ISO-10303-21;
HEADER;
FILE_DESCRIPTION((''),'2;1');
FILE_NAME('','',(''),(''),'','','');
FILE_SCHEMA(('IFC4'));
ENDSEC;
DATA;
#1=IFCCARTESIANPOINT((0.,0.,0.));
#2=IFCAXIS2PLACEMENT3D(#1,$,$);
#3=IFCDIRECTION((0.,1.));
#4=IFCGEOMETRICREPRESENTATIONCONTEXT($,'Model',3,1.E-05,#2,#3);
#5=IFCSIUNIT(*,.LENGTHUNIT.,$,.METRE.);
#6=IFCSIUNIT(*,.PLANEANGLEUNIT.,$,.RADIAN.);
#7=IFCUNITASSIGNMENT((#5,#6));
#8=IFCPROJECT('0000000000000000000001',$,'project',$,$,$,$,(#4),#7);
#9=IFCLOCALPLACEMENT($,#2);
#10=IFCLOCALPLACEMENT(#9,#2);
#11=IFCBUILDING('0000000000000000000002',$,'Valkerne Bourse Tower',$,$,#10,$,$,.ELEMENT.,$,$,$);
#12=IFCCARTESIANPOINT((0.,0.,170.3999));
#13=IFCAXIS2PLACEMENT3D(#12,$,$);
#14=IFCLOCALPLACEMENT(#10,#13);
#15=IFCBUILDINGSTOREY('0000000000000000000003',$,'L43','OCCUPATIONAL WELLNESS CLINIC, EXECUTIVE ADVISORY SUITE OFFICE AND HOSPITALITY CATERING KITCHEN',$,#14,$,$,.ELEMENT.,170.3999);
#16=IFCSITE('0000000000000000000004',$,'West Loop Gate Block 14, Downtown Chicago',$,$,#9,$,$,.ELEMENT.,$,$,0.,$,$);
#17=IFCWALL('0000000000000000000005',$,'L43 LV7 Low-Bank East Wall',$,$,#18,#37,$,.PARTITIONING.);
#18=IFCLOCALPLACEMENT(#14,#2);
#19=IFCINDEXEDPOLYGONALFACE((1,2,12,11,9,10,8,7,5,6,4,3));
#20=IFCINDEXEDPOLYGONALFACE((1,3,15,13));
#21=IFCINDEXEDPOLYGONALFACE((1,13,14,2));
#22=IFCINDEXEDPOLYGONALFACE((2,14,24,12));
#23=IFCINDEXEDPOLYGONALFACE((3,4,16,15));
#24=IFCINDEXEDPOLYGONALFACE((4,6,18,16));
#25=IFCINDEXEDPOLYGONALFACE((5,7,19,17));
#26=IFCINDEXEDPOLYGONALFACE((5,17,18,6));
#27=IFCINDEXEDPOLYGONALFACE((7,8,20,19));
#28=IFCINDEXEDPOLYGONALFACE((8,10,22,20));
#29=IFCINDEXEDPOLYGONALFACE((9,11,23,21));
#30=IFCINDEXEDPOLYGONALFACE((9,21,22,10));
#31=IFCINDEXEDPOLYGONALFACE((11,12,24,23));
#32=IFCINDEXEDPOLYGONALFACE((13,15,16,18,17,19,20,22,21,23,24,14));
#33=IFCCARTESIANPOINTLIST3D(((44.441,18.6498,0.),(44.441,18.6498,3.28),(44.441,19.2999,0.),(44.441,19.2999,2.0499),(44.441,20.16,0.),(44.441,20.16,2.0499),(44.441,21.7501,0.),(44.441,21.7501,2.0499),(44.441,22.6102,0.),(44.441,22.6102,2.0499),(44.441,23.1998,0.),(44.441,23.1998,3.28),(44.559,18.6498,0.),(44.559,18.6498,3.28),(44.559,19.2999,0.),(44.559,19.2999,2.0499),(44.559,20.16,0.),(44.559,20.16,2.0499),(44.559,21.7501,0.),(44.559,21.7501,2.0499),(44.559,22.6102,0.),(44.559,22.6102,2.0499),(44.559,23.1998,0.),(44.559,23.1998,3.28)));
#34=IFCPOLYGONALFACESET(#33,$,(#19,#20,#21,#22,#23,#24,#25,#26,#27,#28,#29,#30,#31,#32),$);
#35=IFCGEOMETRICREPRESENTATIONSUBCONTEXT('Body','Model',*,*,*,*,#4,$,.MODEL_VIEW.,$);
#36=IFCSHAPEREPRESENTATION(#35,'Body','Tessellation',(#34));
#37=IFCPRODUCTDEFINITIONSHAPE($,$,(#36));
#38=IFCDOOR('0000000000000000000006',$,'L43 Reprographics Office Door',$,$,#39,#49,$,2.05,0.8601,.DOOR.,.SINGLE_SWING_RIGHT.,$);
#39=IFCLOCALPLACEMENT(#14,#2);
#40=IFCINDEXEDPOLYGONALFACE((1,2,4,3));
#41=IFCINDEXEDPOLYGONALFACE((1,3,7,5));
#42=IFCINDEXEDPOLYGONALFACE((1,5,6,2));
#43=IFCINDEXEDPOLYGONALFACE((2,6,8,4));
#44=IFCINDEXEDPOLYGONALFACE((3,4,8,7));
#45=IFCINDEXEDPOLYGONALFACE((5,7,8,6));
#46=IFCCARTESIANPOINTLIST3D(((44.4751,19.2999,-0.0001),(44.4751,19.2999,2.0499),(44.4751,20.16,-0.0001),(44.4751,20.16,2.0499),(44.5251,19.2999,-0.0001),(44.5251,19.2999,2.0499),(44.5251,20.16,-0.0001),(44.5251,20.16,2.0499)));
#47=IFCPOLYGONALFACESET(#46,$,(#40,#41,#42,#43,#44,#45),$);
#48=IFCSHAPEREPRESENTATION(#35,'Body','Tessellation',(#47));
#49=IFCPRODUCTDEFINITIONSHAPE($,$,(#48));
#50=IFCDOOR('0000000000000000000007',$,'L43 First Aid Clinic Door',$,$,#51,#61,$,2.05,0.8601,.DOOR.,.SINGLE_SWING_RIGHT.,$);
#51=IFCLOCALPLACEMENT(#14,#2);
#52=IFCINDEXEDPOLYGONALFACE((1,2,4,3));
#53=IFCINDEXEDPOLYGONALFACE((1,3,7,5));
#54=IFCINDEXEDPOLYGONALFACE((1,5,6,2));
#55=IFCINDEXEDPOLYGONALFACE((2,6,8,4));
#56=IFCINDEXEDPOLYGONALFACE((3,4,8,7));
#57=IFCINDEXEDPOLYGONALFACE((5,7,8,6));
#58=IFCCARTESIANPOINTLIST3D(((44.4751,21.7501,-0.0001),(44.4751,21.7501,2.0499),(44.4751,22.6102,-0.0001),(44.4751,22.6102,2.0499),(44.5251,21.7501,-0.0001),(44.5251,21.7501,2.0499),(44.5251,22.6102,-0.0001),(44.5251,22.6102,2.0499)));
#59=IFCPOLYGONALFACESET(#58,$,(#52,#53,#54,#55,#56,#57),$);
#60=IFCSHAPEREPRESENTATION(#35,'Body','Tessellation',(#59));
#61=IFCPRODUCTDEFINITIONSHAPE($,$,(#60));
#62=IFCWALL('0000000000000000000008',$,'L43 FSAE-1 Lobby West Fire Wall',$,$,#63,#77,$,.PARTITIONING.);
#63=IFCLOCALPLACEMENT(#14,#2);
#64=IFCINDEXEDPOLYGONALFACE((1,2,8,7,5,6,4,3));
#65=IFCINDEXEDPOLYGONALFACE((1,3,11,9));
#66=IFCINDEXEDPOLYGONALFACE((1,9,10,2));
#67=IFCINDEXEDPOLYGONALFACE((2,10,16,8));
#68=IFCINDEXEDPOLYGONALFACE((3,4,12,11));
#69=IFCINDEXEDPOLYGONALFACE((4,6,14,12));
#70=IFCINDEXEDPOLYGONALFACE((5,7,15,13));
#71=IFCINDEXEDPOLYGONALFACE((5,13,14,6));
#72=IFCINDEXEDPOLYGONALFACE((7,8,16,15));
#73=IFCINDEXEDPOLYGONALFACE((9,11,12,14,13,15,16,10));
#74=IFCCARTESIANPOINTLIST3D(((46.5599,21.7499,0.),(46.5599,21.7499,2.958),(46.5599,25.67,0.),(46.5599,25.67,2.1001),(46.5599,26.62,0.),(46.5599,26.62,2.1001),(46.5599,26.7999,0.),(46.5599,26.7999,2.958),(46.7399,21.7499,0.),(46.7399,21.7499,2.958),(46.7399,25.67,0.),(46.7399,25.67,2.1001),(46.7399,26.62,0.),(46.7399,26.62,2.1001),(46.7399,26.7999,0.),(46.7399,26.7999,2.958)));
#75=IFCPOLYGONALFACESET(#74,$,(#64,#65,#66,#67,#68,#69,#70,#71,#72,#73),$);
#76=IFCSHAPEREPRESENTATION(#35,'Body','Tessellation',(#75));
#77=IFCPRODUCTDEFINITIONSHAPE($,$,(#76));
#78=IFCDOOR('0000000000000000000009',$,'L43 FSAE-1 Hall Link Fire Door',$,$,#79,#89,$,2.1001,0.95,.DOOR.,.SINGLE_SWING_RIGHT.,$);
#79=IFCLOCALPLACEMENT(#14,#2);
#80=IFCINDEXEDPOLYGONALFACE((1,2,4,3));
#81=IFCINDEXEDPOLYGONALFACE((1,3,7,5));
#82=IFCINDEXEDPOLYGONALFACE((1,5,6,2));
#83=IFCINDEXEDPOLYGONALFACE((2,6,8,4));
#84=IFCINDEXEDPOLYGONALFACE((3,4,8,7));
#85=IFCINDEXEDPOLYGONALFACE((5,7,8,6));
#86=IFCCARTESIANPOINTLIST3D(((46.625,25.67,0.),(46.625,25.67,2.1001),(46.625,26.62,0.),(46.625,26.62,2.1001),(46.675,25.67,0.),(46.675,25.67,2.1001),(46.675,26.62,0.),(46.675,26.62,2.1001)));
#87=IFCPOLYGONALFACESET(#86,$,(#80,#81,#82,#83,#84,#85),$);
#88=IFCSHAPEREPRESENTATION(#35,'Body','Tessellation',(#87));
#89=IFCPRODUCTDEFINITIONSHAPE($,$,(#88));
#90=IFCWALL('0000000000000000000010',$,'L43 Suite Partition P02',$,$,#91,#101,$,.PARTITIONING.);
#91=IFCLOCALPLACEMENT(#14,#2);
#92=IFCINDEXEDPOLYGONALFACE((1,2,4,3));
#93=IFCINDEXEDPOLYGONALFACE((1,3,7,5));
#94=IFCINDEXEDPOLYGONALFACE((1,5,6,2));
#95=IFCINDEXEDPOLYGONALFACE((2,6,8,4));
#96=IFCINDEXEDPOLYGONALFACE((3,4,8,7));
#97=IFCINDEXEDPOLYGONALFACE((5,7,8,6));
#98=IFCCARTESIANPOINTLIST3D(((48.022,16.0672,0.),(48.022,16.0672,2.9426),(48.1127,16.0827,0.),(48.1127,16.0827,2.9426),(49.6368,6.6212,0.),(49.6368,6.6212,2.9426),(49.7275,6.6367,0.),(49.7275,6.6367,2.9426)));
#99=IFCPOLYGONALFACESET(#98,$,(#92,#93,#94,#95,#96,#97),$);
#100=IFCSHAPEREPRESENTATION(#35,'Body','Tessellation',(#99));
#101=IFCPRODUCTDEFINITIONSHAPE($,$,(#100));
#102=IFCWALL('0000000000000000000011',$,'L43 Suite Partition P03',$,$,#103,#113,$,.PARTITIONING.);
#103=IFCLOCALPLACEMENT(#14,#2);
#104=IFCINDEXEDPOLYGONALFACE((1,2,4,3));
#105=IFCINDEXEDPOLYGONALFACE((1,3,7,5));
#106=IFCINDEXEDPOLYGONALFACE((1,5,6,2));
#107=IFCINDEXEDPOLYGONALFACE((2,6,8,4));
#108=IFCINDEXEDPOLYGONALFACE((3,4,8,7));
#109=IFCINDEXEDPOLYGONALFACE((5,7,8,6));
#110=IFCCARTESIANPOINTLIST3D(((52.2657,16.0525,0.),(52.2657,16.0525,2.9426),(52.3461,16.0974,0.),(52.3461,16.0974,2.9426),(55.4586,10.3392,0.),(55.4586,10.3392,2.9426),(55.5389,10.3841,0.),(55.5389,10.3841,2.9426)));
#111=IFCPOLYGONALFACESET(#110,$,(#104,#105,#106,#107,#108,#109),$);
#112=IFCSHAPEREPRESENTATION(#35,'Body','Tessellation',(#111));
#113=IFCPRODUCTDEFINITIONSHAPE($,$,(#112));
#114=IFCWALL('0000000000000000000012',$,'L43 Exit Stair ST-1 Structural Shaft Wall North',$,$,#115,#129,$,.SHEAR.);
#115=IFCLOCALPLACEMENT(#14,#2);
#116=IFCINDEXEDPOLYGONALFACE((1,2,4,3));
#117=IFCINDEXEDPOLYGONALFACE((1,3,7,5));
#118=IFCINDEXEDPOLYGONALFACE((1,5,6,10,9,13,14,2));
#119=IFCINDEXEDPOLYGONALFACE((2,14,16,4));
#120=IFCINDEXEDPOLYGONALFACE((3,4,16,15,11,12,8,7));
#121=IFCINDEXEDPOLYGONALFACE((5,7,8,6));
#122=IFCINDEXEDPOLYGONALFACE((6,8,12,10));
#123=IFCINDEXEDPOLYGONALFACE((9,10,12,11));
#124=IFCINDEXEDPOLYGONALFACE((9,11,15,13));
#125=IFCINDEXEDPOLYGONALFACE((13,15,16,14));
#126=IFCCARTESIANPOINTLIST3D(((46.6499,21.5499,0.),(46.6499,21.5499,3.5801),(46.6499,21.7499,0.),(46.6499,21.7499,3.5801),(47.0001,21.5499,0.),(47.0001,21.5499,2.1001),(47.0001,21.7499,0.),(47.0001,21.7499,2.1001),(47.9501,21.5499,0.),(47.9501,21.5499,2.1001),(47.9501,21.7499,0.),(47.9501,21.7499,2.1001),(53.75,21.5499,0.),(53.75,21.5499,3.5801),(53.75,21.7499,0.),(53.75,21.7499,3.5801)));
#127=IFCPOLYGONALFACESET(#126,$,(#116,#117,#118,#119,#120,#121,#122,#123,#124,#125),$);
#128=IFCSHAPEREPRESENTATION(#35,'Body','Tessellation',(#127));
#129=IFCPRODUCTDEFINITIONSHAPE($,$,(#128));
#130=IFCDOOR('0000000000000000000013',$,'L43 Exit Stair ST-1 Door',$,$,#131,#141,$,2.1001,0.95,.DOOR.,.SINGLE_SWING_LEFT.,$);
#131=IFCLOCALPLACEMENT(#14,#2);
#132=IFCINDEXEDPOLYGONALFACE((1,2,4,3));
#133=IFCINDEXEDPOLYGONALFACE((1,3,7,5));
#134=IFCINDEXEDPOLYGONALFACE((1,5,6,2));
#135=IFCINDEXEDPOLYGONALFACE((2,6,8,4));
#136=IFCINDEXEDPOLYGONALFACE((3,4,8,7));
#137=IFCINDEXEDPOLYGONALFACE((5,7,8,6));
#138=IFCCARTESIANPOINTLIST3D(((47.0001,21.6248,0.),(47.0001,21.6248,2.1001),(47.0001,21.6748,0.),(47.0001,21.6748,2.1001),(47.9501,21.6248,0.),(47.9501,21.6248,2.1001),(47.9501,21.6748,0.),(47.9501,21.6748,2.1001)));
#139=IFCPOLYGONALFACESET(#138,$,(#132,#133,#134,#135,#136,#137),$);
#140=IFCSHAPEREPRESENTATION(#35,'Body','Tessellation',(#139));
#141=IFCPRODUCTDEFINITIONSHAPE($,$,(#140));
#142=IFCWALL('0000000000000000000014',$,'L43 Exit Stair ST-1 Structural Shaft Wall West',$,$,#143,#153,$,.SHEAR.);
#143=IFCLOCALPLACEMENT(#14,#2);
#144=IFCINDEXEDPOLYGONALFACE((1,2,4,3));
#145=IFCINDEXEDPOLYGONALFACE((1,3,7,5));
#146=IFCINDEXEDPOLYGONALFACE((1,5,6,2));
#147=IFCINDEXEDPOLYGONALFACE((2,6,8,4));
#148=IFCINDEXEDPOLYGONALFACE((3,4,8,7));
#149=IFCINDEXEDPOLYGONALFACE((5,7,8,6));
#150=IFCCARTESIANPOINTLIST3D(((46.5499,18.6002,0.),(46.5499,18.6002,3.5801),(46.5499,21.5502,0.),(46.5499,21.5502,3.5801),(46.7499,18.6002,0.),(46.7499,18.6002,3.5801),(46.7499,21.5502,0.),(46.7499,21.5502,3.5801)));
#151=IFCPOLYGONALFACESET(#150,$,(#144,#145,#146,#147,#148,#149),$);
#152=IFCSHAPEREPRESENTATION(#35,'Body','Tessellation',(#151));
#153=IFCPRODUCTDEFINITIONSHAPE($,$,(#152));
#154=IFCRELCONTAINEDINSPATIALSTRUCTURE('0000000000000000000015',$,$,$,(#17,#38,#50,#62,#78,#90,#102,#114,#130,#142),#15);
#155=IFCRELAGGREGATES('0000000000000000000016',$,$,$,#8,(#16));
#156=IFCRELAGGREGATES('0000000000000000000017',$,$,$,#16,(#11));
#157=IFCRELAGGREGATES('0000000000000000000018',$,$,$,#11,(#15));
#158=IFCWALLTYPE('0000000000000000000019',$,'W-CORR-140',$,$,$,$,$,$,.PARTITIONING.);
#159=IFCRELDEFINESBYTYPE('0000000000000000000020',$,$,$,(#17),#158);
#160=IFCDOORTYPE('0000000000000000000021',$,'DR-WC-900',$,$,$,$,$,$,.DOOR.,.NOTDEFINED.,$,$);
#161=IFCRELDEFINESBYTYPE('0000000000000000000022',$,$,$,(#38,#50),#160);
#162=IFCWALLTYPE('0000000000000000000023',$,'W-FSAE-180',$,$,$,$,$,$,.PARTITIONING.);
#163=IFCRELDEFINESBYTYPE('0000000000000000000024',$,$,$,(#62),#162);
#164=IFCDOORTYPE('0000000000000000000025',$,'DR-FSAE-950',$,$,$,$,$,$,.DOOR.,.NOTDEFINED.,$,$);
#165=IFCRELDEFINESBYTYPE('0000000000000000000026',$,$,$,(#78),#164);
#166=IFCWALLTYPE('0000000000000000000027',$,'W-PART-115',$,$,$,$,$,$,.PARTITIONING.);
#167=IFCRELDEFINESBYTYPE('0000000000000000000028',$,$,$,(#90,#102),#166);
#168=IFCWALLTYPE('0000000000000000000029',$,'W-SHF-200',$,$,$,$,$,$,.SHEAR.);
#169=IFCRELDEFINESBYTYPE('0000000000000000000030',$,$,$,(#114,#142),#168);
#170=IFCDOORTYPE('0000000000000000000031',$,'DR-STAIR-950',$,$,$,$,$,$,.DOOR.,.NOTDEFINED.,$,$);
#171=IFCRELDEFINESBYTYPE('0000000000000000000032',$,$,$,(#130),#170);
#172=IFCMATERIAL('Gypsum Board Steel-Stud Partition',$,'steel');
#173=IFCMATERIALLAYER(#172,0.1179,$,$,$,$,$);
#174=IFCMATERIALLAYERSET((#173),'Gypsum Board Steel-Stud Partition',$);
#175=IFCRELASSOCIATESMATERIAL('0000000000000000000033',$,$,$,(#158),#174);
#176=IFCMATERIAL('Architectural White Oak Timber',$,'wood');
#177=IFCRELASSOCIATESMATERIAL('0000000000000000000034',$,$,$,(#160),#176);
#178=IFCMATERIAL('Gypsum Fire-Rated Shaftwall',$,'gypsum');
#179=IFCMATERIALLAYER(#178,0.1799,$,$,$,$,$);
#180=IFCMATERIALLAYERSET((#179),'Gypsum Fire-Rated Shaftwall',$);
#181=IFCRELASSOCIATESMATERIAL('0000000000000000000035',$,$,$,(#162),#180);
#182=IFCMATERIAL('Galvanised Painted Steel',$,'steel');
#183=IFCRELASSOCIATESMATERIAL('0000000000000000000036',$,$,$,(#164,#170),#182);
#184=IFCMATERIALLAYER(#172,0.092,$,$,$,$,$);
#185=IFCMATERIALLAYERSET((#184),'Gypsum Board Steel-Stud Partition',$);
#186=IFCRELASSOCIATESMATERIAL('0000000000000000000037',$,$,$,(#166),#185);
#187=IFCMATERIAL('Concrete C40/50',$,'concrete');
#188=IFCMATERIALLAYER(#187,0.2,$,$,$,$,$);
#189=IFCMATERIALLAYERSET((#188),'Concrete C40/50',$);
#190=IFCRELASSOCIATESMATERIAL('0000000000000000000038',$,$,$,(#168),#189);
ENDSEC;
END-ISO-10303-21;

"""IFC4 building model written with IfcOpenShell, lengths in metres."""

from ifc_helpers import new_model, si_unit, direction, frame, frame_2d, origin, place, context, subcontext, project, spatial, rectangle, extrude, material, layer, layer_set, type_object, element, fill, save


model = new_model("IFC4")

# Units and contexts
model_context = context("Model", 3, precision=1e-05, world=origin(), true_north=direction((0.0, 1.0)))
body_context = subcontext(model_context, "Body", "Model", "MODEL_VIEW")
ifc_project = project(units=[si_unit("LENGTHUNIT", "METRE"), si_unit("PLANEANGLEUNIT", "RADIAN")], contexts=[model_context])

# Site, building, storey
site_placement = place(None, origin())
site = spatial("IfcSite", under=ifc_project, at=site_placement, Name="West Loop Gate Block 14, Downtown Chicago", CompositionType="ELEMENT", RefElevation=0.0)
building_placement = place(site_placement, origin())
building = spatial("IfcBuilding", under=site, at=building_placement, Name="Valkerne Bourse Tower", CompositionType="ELEMENT")
storey_placement = place(building_placement, frame((0.0, 0.0, 170.3999)))
storey = spatial("IfcBuildingStorey", under=building, at=storey_placement, Name="L43", Description="OCCUPATIONAL WELLNESS CLINIC, EXECUTIVE ADVISORY SUITE OFFICE AND HOSPITALITY CATERING KITCHEN", CompositionType="ELEMENT", Elevation=170.3999)

# Wall, openings, doors
ifc_material_1 = material(Name="Gypsum Board Steel-Stud Partition", Category="steel")
ifc_layer_1 = layer(ifc_material_1, 0.1179)
ifc_layer_set_1 = layer_set([ifc_layer_1], Name="Gypsum Board Steel-Stud Partition")
wall_type_1 = type_object("IfcWallType", Name="W-CORR-140", PredefinedType="PARTITIONING", material=ifc_layer_set_1)
wall_1_placement = place(storey_placement, frame((44.5, 18.6499, 0.0), z_axis=(0.0, 0.0, 1.0), x_axis=(0.0, 1.0, 0.0)))
wall_1 = element("IfcWall", 1, at=wall_1_placement, inside=storey, type_object=wall_type_1, Name="L43 LV7 Low-Bank East Wall", PredefinedType="PARTITIONING", context=body_context, shape_type="SweptSolid", body=[
    extrude(rectangle(XDim=4.55, YDim=0.1179, at=frame_2d((2.2749, 0.0))), origin(), (0.0, 0.0, 1.0), 3.28),
])
opening_1_placement = place(wall_1_placement, frame((0.6499, 0.0, 0.0)))
opening_1 = element("IfcOpeningElement", 2, at=opening_1_placement, cuts=wall_1, PredefinedType="OPENING", context=body_context, shape_type="SweptSolid", body=[
    extrude(rectangle(XDim=0.8601, YDim=2.05, at=frame_2d((0.4302, 1.0249))), frame((0.0, 0.0688, 0.0), z_axis=(0.0, -1.0, 0.0), x_axis=(1.0, 0.0, 0.0)), (0.0, 0.0, 1.0), 0.1379),
])
opening_2_placement = place(wall_1_placement, frame((3.1001, 0.0, 0.0)))
opening_2 = element("IfcOpeningElement", 3, at=opening_2_placement, cuts=wall_1, PredefinedType="OPENING", context=body_context, shape_type="SweptSolid", body=[
    extrude(rectangle(XDim=0.8601, YDim=2.05, at=frame_2d((0.4302, 1.0249))), frame((0.0, 0.0688, 0.0), z_axis=(0.0, -1.0, 0.0), x_axis=(1.0, 0.0, 0.0)), (0.0, 0.0, 1.0), 0.1379),
])
ifc_material_2 = material(Name="Architectural White Oak Timber", Category="wood")
door_type_1 = type_object("IfcDoorType", Name="DR-WC-900", OperationType="NOTDEFINED", PredefinedType="DOOR", material=ifc_material_2)
door_1_placement = place(opening_1_placement, origin())
door_1 = element("IfcDoor", 4, at=door_1_placement, inside=storey, type_object=door_type_1, Name="L43 Reprographics Office Door", OperationType="SINGLE_SWING_RIGHT", OverallHeight=2.05, OverallWidth=0.8601, PredefinedType="DOOR", context=body_context, shape_type="SweptSolid", body=[
    extrude(rectangle(XDim=0.8601, YDim=2.05, at=frame_2d((0.4302, 1.0249))), frame((0.0, 0.0249, 0.0), z_axis=(0.0, -1.0, 0.0), x_axis=(1.0, 0.0, 0.0)), (0.0, 0.0, 1.0), 0.05),
])
fill(opening_1, door_1)
door_2_placement = place(opening_2_placement, origin())
door_2 = element("IfcDoor", 5, at=door_2_placement, inside=storey, type_object=door_type_1, Name="L43 First Aid Clinic Door", OperationType="SINGLE_SWING_RIGHT", OverallHeight=2.05, OverallWidth=0.8601, PredefinedType="DOOR", context=body_context, shape_type="SweptSolid", body=[
    extrude(rectangle(XDim=0.8601, YDim=2.05, at=frame_2d((0.4302, 1.0249))), frame((0.0, 0.0249, 0.0), z_axis=(0.0, -1.0, 0.0), x_axis=(1.0, 0.0, 0.0)), (0.0, 0.0, 1.0), 0.05),
])
fill(opening_2, door_2)

# Wall, opening, door
ifc_material_3 = material(Name="Gypsum Fire-Rated Shaftwall", Category="gypsum")
ifc_layer_2 = layer(ifc_material_3, 0.1799)
ifc_layer_set_2 = layer_set([ifc_layer_2], Name="Gypsum Fire-Rated Shaftwall")
wall_type_2 = type_object("IfcWallType", Name="W-FSAE-180", PredefinedType="PARTITIONING", material=ifc_layer_set_2)
wall_2_placement = place(storey_placement, frame((46.6499, 21.75, 0.0), z_axis=(0.0, 0.0, 1.0), x_axis=(0.0, 1.0, 0.0)))
wall_2 = element("IfcWall", 6, at=wall_2_placement, inside=storey, type_object=wall_type_2, Name="L43 FSAE-1 Lobby West Fire Wall", PredefinedType="PARTITIONING", context=body_context, shape_type="SweptSolid", body=[
    extrude(rectangle(XDim=5.05, YDim=0.1799, at=frame_2d((2.5249, 0.0))), origin(), (0.0, 0.0, 1.0), 2.958),
])
opening_3_placement = place(wall_2_placement, frame((3.9199, 0.0, 0.0)))
opening_3 = element("IfcOpeningElement", 7, at=opening_3_placement, cuts=wall_2, PredefinedType="OPENING", context=body_context, shape_type="SweptSolid", body=[
    extrude(rectangle(XDim=0.95, YDim=2.1001, at=frame_2d((0.4751, 1.05))), frame((0.0, 0.0999, 0.0), z_axis=(0.0, -1.0, 0.0), x_axis=(1.0, 0.0, 0.0)), (0.0, 0.0, 1.0), 0.2),
])
ifc_material_4 = material(Name="Galvanised Painted Steel", Category="steel")
door_type_2 = type_object("IfcDoorType", Name="DR-FSAE-950", OperationType="NOTDEFINED", PredefinedType="DOOR", material=ifc_material_4)
door_3_placement = place(opening_3_placement, origin())
door_3 = element("IfcDoor", 8, at=door_3_placement, inside=storey, type_object=door_type_2, Name="L43 FSAE-1 Hall Link Fire Door", OperationType="SINGLE_SWING_RIGHT", OverallHeight=2.1001, OverallWidth=0.95, PredefinedType="DOOR", context=body_context, shape_type="SweptSolid", body=[
    extrude(rectangle(XDim=0.95, YDim=2.1001, at=frame_2d((0.4751, 1.05))), frame((0.0, 0.0249, 0.0), z_axis=(0.0, -1.0, 0.0), x_axis=(1.0, 0.0, 0.0)), (0.0, 0.0, 1.0), 0.05),
])
fill(opening_3, door_3)

# Walls
ifc_layer_3 = layer(ifc_material_1, 0.092)
ifc_layer_set_3 = layer_set([ifc_layer_3], Name="Gypsum Board Steel-Stud Partition")
wall_type_3 = type_object("IfcWallType", Name="W-PART-115", PredefinedType="PARTITIONING", material=ifc_layer_set_3)
wall_3_placement = place(storey_placement, frame((48.0674, 16.075, 0.0), z_axis=(0.0, 0.0, 1.0), x_axis=(0.1685, -0.985702, 0.0)))
element("IfcWall", 9, at=wall_3_placement, inside=storey, type_object=wall_type_3, Name="L43 Suite Partition P02", PredefinedType="PARTITIONING", context=body_context, shape_type="SweptSolid", body=[
    extrude(rectangle(XDim=9.583, YDim=0.092, at=frame_2d((4.7915, 0.0))), origin(), (0.0, 0.0, 1.0), 2.9426),
])
wall_4_placement = place(storey_placement, frame((52.3059, 16.075, 0.0), z_axis=(0.0, 0.0, 1.0), x_axis=(0.487833, -0.872937, 0.0)))
element("IfcWall", 10, at=wall_4_placement, inside=storey, type_object=wall_type_3, Name="L43 Suite Partition P03", PredefinedType="PARTITIONING", context=body_context, shape_type="SweptSolid", body=[
    extrude(rectangle(XDim=6.5449, YDim=0.092, at=frame_2d((3.2725, 0.0))), origin(), (0.0, 0.0, 1.0), 2.9426),
])

# Wall, opening, door
ifc_material_5 = material(Name="Concrete C40/50", Category="concrete")
ifc_layer_4 = layer(ifc_material_5, 0.2)
ifc_layer_set_4 = layer_set([ifc_layer_4], Name="Concrete C40/50")
wall_type_4 = type_object("IfcWallType", Name="W-SHF-200", PredefinedType="SHEAR", material=ifc_layer_set_4)
wall_5_placement = place(storey_placement, frame((46.6499, 21.6499, 0.0), z_axis=(0.0, 0.0, 1.0), x_axis=(1.0, 0.0, 0.0)))
wall_5 = element("IfcWall", 11, at=wall_5_placement, inside=storey, type_object=wall_type_4, Name="L43 Exit Stair ST-1 Structural Shaft Wall North", PredefinedType="SHEAR", context=body_context, shape_type="SweptSolid", body=[
    extrude(rectangle(XDim=7.1001, YDim=0.2, at=frame_2d((3.55, 0.0))), origin(), (0.0, 0.0, 1.0), 3.5801),
])
opening_4_placement = place(wall_5_placement, frame((0.3501, 0.0, 0.0)))
opening_4 = element("IfcOpeningElement", 12, at=opening_4_placement, cuts=wall_5, PredefinedType="OPENING", context=body_context, shape_type="SweptSolid", body=[
    extrude(rectangle(XDim=0.95, YDim=2.1001, at=frame_2d((0.4751, 1.05))), frame((0.0, 0.1099, 0.0), z_axis=(0.0, -1.0, 0.0), x_axis=(1.0, 0.0, 0.0)), (0.0, 0.0, 1.0), 0.22),
])
door_type_3 = type_object("IfcDoorType", Name="DR-STAIR-950", OperationType="NOTDEFINED", PredefinedType="DOOR", material=ifc_material_4)
door_4_placement = place(opening_4_placement, origin())
door_4 = element("IfcDoor", 13, at=door_4_placement, inside=storey, type_object=door_type_3, Name="L43 Exit Stair ST-1 Door", OperationType="SINGLE_SWING_LEFT", OverallHeight=2.1001, OverallWidth=0.95, PredefinedType="DOOR", context=body_context, shape_type="SweptSolid", body=[
    extrude(rectangle(XDim=0.95, YDim=2.1001, at=frame_2d((0.4751, 1.05))), frame((0.0, 0.0249, 0.0), z_axis=(0.0, -1.0, 0.0), x_axis=(1.0, 0.0, 0.0)), (0.0, 0.0, 1.0), 0.05),
])
fill(opening_4, door_4)

# Wall
wall_6_placement = place(storey_placement, frame((46.6499, 18.6001, 0.0), z_axis=(0.0, 0.0, 1.0), x_axis=(0.0, 1.0, 0.0)))
element("IfcWall", 14, at=wall_6_placement, inside=storey, type_object=wall_type_4, Name="L43 Exit Stair ST-1 Structural Shaft Wall West", PredefinedType="SHEAR", context=body_context, shape_type="SweptSolid", body=[
    extrude(rectangle(XDim=2.95, YDim=0.2, at=frame_2d((1.4751, 0.0))), origin(), (0.0, 0.0, 1.0), 3.5801),
])

save(model, "model.ifc")
